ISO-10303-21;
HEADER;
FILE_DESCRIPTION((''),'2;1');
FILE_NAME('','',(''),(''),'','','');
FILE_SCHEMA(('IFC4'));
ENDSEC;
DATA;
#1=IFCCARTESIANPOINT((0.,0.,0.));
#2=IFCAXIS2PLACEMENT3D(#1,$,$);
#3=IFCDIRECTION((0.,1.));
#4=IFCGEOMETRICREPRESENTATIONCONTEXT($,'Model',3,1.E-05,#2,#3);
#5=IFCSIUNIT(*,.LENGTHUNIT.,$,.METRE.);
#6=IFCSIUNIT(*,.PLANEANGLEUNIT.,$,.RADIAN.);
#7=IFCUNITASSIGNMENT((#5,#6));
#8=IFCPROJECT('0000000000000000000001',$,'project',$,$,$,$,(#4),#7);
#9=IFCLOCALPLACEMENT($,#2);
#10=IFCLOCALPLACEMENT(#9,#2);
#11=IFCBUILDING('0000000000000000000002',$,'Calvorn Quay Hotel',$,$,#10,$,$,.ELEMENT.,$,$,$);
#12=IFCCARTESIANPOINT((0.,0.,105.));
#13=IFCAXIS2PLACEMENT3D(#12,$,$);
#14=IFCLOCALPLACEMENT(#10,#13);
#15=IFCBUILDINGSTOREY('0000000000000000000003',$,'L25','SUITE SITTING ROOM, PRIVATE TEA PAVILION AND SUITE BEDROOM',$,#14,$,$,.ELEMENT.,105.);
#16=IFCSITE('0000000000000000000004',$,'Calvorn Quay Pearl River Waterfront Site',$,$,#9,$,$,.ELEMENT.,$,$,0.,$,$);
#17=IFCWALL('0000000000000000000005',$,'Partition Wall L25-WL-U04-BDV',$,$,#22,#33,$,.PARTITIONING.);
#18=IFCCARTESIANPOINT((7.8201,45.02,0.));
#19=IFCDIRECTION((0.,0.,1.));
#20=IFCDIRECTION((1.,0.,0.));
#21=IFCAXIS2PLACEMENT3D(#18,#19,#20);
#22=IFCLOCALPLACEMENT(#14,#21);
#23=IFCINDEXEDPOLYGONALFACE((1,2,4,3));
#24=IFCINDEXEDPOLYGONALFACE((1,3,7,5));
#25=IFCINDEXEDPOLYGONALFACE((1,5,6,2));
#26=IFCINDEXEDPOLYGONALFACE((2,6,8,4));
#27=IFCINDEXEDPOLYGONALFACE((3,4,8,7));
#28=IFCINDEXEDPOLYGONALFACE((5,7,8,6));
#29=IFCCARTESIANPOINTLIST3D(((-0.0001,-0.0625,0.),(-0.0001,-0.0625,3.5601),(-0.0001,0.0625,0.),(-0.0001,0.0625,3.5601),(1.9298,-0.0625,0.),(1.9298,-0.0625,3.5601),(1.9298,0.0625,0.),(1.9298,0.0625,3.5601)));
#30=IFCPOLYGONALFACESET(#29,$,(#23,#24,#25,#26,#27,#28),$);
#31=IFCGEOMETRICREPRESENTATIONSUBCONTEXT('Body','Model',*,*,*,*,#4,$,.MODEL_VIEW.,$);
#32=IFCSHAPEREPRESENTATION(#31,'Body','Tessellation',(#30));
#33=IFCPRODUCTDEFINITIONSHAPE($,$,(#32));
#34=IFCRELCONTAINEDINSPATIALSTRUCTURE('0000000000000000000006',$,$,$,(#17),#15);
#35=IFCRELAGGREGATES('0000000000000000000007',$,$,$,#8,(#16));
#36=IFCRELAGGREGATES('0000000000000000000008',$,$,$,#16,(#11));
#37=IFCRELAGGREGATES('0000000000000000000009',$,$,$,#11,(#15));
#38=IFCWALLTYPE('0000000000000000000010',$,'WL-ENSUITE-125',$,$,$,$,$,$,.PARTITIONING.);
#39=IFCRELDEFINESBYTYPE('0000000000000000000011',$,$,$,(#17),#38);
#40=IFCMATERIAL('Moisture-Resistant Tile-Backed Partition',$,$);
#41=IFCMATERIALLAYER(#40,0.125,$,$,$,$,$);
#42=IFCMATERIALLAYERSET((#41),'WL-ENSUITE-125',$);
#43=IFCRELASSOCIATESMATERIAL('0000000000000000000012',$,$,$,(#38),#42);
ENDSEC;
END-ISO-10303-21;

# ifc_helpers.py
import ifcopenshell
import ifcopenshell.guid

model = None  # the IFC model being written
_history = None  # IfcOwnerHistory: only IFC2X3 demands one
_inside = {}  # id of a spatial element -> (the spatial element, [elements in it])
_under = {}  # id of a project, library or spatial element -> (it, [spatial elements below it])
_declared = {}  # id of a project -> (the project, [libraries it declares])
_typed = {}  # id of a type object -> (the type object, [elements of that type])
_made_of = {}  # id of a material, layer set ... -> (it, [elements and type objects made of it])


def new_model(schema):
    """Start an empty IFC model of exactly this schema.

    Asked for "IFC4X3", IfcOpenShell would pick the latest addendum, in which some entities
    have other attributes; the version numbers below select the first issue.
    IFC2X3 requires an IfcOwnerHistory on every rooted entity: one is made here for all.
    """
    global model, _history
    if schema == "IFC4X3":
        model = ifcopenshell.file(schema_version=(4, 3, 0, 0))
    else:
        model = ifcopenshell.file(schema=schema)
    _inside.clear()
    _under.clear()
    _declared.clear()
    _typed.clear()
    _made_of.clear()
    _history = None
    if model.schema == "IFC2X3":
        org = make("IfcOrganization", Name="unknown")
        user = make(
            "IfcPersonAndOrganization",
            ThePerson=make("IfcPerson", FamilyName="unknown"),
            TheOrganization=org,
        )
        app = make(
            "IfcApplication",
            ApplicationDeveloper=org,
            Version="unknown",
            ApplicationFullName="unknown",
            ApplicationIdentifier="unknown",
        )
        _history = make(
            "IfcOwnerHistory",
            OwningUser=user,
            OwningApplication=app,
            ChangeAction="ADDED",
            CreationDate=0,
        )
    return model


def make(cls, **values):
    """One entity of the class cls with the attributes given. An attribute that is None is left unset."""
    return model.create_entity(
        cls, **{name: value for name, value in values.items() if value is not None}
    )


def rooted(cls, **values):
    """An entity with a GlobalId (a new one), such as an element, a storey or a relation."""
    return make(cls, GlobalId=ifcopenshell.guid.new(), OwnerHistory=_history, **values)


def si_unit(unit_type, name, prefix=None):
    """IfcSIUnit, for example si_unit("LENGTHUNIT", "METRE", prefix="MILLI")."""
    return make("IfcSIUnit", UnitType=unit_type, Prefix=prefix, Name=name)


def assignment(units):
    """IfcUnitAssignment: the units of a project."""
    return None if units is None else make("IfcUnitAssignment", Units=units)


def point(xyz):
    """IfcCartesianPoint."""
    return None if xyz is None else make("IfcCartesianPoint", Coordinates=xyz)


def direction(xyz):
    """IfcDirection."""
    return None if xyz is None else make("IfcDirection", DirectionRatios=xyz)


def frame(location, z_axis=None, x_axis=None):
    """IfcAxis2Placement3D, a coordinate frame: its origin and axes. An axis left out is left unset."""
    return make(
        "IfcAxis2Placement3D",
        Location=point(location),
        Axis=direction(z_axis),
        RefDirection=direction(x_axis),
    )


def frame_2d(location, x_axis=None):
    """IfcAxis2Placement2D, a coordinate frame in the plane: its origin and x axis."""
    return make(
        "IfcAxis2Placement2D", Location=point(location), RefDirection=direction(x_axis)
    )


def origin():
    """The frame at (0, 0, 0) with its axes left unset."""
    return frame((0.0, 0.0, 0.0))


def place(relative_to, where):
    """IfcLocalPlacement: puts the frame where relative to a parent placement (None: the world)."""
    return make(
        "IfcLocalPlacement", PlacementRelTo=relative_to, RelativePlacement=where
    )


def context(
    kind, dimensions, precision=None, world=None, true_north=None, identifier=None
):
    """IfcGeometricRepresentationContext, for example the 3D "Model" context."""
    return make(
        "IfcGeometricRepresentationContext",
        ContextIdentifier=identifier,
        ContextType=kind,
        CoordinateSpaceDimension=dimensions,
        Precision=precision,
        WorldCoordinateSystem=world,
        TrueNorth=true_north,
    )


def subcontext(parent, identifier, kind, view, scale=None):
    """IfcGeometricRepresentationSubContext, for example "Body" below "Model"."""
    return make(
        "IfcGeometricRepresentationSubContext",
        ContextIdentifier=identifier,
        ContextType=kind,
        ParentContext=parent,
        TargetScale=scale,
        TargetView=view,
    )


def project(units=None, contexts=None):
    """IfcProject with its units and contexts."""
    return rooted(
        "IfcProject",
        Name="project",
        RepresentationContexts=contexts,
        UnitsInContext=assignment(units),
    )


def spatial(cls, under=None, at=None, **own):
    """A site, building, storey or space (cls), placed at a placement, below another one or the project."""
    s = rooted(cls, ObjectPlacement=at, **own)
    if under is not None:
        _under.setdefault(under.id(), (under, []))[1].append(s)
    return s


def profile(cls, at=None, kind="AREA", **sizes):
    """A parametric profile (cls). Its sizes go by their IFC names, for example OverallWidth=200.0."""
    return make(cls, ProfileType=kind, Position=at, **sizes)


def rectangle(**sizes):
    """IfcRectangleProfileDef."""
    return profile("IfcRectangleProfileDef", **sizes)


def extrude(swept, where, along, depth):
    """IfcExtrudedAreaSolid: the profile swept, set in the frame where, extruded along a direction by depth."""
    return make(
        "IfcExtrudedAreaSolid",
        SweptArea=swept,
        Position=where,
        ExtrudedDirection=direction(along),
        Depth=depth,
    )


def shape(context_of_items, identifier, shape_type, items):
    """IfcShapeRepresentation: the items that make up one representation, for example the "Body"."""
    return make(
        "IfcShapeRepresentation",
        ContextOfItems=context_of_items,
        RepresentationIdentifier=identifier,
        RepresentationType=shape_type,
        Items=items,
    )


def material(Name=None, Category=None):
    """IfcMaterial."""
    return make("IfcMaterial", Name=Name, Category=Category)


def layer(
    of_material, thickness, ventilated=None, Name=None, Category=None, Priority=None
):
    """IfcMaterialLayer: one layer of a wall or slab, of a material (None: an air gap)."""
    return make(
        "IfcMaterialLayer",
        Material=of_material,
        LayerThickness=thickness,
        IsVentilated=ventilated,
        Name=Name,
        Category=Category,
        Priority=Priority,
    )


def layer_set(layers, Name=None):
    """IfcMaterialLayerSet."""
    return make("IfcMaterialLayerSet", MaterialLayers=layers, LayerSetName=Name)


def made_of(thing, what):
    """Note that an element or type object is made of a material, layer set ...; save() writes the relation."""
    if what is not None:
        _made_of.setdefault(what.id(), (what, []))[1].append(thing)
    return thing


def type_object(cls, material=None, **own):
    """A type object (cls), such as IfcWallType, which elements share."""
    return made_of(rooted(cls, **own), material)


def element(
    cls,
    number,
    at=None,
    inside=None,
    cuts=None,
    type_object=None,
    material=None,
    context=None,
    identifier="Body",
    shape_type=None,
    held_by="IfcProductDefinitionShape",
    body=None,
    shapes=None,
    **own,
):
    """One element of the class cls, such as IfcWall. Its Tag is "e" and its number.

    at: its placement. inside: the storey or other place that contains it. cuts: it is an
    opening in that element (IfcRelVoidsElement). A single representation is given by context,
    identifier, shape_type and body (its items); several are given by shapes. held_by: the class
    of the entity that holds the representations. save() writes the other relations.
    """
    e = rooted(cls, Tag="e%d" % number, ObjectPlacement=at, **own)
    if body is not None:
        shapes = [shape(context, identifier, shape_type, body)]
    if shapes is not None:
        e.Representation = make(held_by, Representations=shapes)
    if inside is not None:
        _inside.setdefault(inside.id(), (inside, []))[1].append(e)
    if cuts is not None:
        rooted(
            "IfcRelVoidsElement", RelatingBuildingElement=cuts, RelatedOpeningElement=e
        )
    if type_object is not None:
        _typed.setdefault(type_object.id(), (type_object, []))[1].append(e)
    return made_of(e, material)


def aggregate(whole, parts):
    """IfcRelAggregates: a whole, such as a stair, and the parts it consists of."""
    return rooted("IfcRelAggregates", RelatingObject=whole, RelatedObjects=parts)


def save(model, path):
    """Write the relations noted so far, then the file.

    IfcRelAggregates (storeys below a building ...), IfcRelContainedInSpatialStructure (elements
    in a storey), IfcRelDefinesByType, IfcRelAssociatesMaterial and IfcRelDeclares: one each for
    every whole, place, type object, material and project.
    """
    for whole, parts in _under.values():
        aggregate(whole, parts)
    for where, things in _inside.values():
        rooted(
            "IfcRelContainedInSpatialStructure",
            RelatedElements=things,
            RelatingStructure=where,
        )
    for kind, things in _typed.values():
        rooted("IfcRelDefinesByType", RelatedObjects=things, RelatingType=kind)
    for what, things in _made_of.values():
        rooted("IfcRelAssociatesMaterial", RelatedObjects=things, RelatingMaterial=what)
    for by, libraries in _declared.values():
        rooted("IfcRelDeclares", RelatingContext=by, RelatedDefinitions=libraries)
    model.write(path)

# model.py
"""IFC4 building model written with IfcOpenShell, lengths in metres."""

from ifc_helpers import new_model, si_unit, direction, frame, frame_2d, origin, place, context, subcontext, project, spatial, rectangle, extrude, material, layer, layer_set, type_object, element, save


model = new_model("IFC4")

# Units and contexts
model_context = context("Model", 3, precision=1e-05, world=origin(), true_north=direction((0.0, 1.0)))
body_context = subcontext(model_context, "Body", "Model", "MODEL_VIEW")
ifc_project = project(units=[si_unit("LENGTHUNIT", "METRE"), si_unit("PLANEANGLEUNIT", "RADIAN")], contexts=[model_context])

# Site, building, storey
site_placement = place(None, origin())
site = spatial("IfcSite", under=ifc_project, at=site_placement, Name="Calvorn Quay Pearl River Waterfront Site", CompositionType="ELEMENT", RefElevation=0.0)
building_placement = place(site_placement, origin())
building = spatial("IfcBuilding", under=site, at=building_placement, Name="Calvorn Quay Hotel", CompositionType="ELEMENT")
storey_placement = place(building_placement, frame((0.0, 0.0, 105.0)))
storey = spatial("IfcBuildingStorey", under=building, at=storey_placement, Name="L25", Description="SUITE SITTING ROOM, PRIVATE TEA PAVILION AND SUITE BEDROOM", CompositionType="ELEMENT", Elevation=105.0)

# Wall
ifc_material_1 = material(Name="Moisture-Resistant Tile-Backed Partition")
ifc_layer_1 = layer(ifc_material_1, 0.125)
ifc_layer_set_1 = layer_set([ifc_layer_1], Name="WL-ENSUITE-125")
wall_type_1 = type_object("IfcWallType", Name="WL-ENSUITE-125", PredefinedType="PARTITIONING", material=ifc_layer_set_1)
wall_1_placement = place(storey_placement, frame((7.8201, 45.02, 0.0), z_axis=(0.0, 0.0, 1.0), x_axis=(1.0, 0.0, 0.0)))
element("IfcWall", 1, at=wall_1_placement, inside=storey, type_object=wall_type_1, Name="Partition Wall L25-WL-U04-BDV", PredefinedType="PARTITIONING", context=body_context, shape_type="SweptSolid", body=[
    extrude(rectangle(XDim=1.9299, YDim=0.125, at=frame_2d((0.9648, 0.0))), origin(), (0.0, 0.0, 1.0), 3.5601),
])

save(model, "model.ifc")
